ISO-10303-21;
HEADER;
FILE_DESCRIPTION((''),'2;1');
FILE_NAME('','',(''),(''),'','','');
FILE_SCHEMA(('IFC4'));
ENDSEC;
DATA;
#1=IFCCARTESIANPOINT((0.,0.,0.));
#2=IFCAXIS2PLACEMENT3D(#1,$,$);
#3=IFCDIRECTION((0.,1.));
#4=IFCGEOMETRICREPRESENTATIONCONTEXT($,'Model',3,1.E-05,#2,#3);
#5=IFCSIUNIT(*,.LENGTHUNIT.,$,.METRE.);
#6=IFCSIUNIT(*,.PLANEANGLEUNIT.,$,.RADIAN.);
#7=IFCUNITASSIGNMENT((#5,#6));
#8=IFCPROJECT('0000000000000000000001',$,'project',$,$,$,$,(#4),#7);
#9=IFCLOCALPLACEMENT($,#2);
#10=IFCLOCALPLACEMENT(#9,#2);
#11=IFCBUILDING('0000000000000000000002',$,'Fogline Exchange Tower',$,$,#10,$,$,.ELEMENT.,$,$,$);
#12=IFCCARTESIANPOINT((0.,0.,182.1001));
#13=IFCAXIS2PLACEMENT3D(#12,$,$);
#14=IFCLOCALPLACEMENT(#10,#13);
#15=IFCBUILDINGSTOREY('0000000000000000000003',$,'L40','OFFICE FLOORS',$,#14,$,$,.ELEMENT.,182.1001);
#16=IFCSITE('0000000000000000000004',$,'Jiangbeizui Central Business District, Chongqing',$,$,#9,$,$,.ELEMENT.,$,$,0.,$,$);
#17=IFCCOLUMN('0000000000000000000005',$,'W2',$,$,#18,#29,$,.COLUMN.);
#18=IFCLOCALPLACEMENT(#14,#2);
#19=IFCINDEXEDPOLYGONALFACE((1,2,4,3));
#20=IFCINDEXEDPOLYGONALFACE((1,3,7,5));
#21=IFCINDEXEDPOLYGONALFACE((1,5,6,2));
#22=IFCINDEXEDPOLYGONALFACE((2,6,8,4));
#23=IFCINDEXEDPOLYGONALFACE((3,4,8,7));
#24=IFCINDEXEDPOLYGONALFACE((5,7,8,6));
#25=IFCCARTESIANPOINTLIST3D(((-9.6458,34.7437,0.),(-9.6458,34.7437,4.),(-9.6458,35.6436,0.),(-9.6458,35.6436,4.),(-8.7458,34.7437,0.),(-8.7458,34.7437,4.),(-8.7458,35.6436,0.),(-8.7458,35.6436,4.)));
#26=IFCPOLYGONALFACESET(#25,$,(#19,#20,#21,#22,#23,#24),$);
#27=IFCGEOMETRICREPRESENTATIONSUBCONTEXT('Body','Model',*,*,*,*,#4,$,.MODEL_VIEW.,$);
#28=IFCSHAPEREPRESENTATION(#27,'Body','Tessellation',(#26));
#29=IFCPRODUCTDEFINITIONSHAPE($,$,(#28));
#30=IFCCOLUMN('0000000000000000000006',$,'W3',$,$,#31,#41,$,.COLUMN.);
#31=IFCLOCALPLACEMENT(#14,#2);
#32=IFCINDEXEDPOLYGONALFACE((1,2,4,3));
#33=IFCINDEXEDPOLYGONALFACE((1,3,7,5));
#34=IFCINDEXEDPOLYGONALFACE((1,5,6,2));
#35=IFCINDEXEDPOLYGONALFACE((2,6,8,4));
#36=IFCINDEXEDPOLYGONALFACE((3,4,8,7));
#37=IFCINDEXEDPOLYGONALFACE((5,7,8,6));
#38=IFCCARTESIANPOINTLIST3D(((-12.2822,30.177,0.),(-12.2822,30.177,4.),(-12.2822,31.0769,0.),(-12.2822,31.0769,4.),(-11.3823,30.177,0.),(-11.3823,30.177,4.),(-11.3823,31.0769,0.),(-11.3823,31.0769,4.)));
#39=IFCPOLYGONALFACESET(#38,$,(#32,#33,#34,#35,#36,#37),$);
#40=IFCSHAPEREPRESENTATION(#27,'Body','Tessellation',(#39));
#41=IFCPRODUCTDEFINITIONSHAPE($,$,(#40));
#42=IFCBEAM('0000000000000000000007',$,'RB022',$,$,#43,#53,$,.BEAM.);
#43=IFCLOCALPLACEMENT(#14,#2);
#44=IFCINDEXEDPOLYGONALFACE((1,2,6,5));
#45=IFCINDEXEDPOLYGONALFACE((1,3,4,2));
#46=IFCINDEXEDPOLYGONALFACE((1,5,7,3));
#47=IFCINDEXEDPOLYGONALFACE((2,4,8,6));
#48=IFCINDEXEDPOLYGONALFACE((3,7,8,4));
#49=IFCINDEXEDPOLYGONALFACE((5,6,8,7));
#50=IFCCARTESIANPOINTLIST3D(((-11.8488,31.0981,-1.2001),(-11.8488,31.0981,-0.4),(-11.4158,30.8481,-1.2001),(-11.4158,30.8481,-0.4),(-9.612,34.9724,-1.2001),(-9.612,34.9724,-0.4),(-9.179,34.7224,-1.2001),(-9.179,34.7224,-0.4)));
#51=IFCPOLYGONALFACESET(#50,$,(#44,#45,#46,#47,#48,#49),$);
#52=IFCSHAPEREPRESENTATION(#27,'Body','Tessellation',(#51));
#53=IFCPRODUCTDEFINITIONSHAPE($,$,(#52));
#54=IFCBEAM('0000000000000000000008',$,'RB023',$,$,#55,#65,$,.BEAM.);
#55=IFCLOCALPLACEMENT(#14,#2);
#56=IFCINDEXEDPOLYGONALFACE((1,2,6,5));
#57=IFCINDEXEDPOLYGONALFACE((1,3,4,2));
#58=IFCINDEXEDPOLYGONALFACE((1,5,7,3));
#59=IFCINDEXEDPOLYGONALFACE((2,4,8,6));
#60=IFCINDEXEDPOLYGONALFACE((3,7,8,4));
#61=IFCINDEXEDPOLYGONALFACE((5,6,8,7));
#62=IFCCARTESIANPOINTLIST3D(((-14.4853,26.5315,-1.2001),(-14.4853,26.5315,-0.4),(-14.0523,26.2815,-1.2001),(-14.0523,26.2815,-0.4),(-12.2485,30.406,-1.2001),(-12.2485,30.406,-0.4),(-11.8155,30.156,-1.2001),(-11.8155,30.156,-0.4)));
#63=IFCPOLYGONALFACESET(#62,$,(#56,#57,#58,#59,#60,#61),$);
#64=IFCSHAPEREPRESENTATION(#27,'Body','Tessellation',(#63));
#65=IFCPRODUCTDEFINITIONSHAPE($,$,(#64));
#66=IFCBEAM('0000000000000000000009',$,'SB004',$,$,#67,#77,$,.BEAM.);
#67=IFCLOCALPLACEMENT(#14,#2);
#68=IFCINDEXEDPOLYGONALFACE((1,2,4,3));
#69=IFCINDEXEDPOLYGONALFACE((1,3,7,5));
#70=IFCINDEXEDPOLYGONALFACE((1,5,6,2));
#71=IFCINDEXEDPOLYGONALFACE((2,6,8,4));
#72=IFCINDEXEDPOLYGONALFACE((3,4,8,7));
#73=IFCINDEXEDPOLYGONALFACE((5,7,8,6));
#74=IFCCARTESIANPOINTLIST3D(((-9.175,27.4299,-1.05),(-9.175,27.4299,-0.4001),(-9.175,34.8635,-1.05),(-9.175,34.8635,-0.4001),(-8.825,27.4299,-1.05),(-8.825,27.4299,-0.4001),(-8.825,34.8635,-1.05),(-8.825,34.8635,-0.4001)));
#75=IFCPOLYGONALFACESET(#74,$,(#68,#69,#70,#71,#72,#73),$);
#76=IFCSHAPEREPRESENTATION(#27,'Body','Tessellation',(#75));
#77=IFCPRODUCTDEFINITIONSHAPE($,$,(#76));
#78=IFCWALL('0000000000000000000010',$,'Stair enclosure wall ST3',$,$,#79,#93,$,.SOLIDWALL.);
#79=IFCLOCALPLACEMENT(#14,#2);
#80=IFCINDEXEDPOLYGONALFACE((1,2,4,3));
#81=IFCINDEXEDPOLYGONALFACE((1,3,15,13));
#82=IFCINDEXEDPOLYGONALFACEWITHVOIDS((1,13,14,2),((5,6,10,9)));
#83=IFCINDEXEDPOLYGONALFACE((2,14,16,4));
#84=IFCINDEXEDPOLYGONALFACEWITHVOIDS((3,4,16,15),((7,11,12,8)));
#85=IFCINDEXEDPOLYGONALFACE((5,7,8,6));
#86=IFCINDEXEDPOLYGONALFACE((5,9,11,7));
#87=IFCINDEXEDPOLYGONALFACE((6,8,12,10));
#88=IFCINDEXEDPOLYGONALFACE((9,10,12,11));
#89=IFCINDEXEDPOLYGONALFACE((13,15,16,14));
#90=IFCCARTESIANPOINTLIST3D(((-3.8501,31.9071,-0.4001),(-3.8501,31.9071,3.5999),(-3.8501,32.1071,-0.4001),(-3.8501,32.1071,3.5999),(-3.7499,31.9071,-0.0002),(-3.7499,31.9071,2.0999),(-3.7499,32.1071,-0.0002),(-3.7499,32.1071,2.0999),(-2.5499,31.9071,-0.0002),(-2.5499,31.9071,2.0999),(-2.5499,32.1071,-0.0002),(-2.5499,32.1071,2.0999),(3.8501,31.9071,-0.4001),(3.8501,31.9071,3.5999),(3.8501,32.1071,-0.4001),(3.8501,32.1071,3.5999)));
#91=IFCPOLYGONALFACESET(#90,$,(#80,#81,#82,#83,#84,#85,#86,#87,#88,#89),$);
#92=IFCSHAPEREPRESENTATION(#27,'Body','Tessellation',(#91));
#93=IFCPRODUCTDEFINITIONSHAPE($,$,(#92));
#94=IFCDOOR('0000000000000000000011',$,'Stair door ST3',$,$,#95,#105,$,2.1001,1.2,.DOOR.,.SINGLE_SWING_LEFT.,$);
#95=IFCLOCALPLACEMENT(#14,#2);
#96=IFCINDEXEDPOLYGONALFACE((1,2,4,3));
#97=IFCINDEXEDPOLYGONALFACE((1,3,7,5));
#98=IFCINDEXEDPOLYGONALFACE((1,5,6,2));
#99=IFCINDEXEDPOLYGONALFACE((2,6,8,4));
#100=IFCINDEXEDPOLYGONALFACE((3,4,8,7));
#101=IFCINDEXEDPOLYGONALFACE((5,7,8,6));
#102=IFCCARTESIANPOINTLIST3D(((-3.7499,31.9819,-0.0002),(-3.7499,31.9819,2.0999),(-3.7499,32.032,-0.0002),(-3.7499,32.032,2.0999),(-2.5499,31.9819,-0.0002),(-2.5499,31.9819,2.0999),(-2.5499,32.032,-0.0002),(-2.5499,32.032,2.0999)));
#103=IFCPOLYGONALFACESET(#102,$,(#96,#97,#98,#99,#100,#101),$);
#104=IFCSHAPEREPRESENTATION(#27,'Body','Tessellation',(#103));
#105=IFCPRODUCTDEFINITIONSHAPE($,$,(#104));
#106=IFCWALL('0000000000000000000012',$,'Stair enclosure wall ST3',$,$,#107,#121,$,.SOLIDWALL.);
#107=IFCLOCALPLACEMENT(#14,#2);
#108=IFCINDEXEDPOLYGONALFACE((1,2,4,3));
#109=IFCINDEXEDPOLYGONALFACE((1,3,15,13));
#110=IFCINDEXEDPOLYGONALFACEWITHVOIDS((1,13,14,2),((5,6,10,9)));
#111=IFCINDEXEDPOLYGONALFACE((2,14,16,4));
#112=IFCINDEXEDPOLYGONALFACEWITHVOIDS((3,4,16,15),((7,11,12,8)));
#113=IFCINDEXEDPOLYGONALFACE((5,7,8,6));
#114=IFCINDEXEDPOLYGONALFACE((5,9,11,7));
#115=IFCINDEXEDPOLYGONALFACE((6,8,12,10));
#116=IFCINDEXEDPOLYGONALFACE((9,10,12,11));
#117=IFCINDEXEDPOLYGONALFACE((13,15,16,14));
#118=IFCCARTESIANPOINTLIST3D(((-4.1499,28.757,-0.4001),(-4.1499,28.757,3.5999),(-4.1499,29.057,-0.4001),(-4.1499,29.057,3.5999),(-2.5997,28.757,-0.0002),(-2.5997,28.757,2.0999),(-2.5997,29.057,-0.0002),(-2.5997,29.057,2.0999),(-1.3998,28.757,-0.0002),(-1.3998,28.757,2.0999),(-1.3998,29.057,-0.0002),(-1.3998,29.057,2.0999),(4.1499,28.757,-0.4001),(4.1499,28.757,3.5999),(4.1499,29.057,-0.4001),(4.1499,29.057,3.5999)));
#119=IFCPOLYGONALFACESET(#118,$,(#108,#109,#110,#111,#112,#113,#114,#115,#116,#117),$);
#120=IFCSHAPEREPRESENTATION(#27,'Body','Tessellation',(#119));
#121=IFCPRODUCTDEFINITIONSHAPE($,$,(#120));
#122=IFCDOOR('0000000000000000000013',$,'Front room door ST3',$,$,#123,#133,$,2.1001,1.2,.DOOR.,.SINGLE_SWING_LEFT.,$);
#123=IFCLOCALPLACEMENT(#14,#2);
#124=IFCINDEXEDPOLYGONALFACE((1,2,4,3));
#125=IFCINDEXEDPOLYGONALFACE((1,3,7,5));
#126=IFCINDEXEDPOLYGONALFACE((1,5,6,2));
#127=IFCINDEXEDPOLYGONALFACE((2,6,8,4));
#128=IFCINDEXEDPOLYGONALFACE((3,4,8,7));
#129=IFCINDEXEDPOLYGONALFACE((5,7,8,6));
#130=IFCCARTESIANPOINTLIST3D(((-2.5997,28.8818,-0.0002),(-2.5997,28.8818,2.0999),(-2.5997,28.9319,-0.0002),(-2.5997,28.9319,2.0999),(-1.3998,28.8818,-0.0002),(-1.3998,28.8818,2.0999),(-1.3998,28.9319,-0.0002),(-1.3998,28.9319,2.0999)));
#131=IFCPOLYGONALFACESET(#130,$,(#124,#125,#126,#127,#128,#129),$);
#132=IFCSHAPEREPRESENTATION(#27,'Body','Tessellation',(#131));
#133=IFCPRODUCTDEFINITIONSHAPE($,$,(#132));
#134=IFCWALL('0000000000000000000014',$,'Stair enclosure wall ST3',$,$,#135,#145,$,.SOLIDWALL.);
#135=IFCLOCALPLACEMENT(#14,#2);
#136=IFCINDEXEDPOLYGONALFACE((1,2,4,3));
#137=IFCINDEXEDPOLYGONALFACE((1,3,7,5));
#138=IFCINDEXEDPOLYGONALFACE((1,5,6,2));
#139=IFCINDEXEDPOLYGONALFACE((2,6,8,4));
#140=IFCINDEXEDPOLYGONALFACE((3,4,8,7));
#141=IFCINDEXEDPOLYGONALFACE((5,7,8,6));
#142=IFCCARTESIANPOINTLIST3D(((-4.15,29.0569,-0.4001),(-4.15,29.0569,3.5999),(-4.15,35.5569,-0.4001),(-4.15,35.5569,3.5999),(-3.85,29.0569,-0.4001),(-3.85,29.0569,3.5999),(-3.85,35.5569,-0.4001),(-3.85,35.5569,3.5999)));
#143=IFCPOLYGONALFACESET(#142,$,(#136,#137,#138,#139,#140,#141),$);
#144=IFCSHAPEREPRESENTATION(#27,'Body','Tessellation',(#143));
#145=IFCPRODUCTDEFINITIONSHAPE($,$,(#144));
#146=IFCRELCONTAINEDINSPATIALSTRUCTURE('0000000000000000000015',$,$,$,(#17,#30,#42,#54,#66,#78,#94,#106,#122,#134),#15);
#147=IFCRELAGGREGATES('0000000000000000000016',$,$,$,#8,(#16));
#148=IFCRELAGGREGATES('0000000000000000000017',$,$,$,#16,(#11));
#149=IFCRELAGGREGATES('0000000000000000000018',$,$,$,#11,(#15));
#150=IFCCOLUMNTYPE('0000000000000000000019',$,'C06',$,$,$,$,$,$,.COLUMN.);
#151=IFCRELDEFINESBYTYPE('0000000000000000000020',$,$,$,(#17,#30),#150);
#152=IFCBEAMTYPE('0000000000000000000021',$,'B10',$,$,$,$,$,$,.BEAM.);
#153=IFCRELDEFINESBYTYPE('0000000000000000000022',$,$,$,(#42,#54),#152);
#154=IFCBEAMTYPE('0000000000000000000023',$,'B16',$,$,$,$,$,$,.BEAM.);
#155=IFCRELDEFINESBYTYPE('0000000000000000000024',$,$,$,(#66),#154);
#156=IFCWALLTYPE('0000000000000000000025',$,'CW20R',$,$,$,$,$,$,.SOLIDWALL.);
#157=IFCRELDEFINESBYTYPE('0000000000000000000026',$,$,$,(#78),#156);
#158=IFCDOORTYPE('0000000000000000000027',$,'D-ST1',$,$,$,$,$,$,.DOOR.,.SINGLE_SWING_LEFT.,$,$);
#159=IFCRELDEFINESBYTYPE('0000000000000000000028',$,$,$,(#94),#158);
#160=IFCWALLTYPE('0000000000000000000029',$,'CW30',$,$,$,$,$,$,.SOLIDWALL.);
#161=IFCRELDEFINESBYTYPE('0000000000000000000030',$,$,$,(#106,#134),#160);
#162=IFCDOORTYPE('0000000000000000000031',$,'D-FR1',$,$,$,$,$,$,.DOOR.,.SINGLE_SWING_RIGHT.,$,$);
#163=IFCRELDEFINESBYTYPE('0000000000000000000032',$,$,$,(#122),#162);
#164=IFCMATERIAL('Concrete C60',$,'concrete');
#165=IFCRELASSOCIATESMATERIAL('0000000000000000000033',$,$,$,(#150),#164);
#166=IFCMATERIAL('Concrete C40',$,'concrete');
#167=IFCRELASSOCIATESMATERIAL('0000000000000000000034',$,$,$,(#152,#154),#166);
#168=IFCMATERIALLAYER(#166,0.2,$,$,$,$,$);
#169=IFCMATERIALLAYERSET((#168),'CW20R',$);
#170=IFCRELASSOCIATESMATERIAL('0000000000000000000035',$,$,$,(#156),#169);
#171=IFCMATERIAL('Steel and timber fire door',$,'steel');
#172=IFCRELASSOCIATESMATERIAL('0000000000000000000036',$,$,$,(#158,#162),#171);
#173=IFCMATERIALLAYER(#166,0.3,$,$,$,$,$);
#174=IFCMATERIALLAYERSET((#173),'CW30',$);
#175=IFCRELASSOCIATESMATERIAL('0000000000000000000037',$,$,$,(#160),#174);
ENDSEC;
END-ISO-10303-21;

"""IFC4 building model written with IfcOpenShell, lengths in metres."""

from ifc_helpers import new_model, si_unit, direction, frame, frame_2d, origin, origin_2d, place, context, subcontext, project, spatial, rectangle, extrude, material, layer, layer_set, material_profile, profile_set, type_object, element, fill, save


model = new_model("IFC4")

# Units and contexts
model_context = context("Model", 3, precision=1e-05, world=origin(), true_north=direction((0.0, 1.0)))
body_context = subcontext(model_context, "Body", "Model", "MODEL_VIEW")
ifc_project = project(units=[si_unit("LENGTHUNIT", "METRE"), si_unit("PLANEANGLEUNIT", "RADIAN")], contexts=[model_context])

# Site, building, storey
site_placement = place(None, origin())
site = spatial("IfcSite", under=ifc_project, at=site_placement, Name="Jiangbeizui Central Business District, Chongqing", CompositionType="ELEMENT", RefElevation=0.0)
building_placement = place(site_placement, origin())
building = spatial("IfcBuilding", under=site, at=building_placement, Name="Fogline Exchange Tower", CompositionType="ELEMENT")
storey_placement = place(building_placement, frame((0.0, 0.0, 182.1001)))
storey = spatial("IfcBuildingStorey", under=building, at=storey_placement, Name="L40", Description="OFFICE FLOORS", CompositionType="ELEMENT", Elevation=182.1001)

# Columns
ifc_material_1 = material(Name="Concrete C60", Category="concrete")
ifc_material_profile_1 = material_profile(ifc_material_1, rectangle(XDim=0.8999, YDim=0.8999, at=origin_2d()), Name="RC 900x900")
ifc_profile_set_1 = profile_set([ifc_material_profile_1], Name="Concrete C60")
column_type = type_object("IfcColumnType", Name="C06", PredefinedType="COLUMN", material=ifc_profile_set_1)
for number, where, z_axis, x_axis, name in (
    (1, (-9.1958, 35.1936, 0.0), (0.0, 0.0, 1.0), (1.0, 0.0, 0.0), "W2"),
    (2, (-11.8323, 30.627, 0.0), (0.0, 0.0, 1.0), (1.0, 0.0, 0.0), "W3"),
):
    element("IfcColumn", number, at=place(storey_placement, frame(where, z_axis=z_axis, x_axis=x_axis)), inside=storey, type_object=column_type, Name=name, PredefinedType="COLUMN", context=body_context, shape_type="SweptSolid", body=[
        extrude(rectangle(XDim=0.8999, YDim=0.8999, at=origin_2d()), origin(), (0.0, 0.0, 1.0), 4.0),
    ])

# Beams
ifc_material_2 = material(Name="Concrete C40", Category="concrete")
ifc_material_profile_2 = material_profile(ifc_material_2, rectangle(XDim=0.5, YDim=0.8, at=origin_2d()), Name="RC 500x800")
ifc_profile_set_2 = profile_set([ifc_material_profile_2], Name="Concrete C40")
beam_type_1 = type_object("IfcBeamType", Name="B10", PredefinedType="BEAM", material=ifc_profile_set_2)
beam_1_placement = place(storey_placement, frame((-9.3955, 34.8474, -0.8), z_axis=(-0.500001, -0.866025, 0.0), x_axis=(0.866025, -0.500001, 0.0)))
element("IfcBeam", 3, at=beam_1_placement, inside=storey, type_object=beam_type_1, Name="RB022", PredefinedType="BEAM", context=body_context, shape_type="SweptSolid", body=[
    extrude(rectangle(XDim=0.5, YDim=0.8, at=origin_2d()), origin(), (0.0, 0.0, 1.0), 4.4736),
])
beam_2_placement = place(storey_placement, frame((-12.032, 30.281, -0.8), z_axis=(-0.499978, -0.866038, 0.0), x_axis=(0.866038, -0.499978, 0.0)))
element("IfcBeam", 4, at=beam_2_placement, inside=storey, type_object=beam_type_1, Name="RB023", PredefinedType="BEAM", context=body_context, shape_type="SweptSolid", body=[
    extrude(rectangle(XDim=0.5, YDim=0.8, at=origin_2d()), origin(), (0.0, 0.0, 1.0), 4.4739),
])
ifc_material_profile_3 = material_profile(ifc_material_2, rectangle(XDim=0.3501, YDim=0.6499, at=origin_2d()), Name="RC 350x650")
ifc_profile_set_3 = profile_set([ifc_material_profile_3], Name="Concrete C40")
beam_type_2 = type_object("IfcBeamType", Name="B16", PredefinedType="BEAM", material=ifc_profile_set_3)
beam_3_placement = place(storey_placement, frame((-9.0, 27.4299, -0.7251), z_axis=(0.0, 1.0, 0.0), x_axis=(-1.0, 0.0, 0.0)))
element("IfcBeam", 5, at=beam_3_placement, inside=storey, type_object=beam_type_2, Name="SB004", PredefinedType="BEAM", context=body_context, shape_type="SweptSolid", body=[
    extrude(rectangle(XDim=0.3501, YDim=0.6499, at=origin_2d()), origin(), (0.0, 0.0, 1.0), 7.4336),
])

# Walls, openings, doors
ifc_layer_1 = layer(ifc_material_2, 0.2)
ifc_layer_set_1 = layer_set([ifc_layer_1], Name="CW20R")
wall_type_1 = type_object("IfcWallType", Name="CW20R", PredefinedType="SOLIDWALL", material=ifc_layer_set_1)
wall_1_placement = place(storey_placement, frame((-3.8501, 32.0071, -0.4001), z_axis=(0.0, 0.0, 1.0), x_axis=(1.0, 0.0, 0.0)))
wall_1 = element("IfcWall", 6, at=wall_1_placement, inside=storey, type_object=wall_type_1, Name="Stair enclosure wall ST3", PredefinedType="SOLIDWALL", context=body_context, shape_type="SweptSolid", body=[
    extrude(rectangle(XDim=7.7002, YDim=0.2, at=frame_2d((3.8501, 0.0))), origin(), (0.0, 0.0, 1.0), 4.0),
])
opening_1_placement = place(wall_1_placement, frame((0.1001, 0.0, 0.3999)))
opening_1 = element("IfcOpeningElement", 7, at=opening_1_placement, cuts=wall_1, PredefinedType="OPENING", context=body_context, shape_type="SweptSolid", body=[
    extrude(rectangle(XDim=1.2, YDim=2.1001, at=frame_2d((0.6001, 1.05))), frame((0.0, 0.1099, 0.0), z_axis=(0.0, -1.0, 0.0), x_axis=(1.0, 0.0, 0.0)), (0.0, 0.0, 1.0), 0.22),
])
ifc_material_3 = material(Name="Steel and timber fire door", Category="steel")
door_type_1 = type_object("IfcDoorType", Name="D-ST1", OperationType="SINGLE_SWING_LEFT", PredefinedType="DOOR", material=ifc_material_3)
door_1_placement = place(opening_1_placement, origin())
door_1 = element("IfcDoor", 8, at=door_1_placement, inside=storey, type_object=door_type_1, Name="Stair door ST3", OperationType="SINGLE_SWING_LEFT", OverallHeight=2.1001, OverallWidth=1.2, PredefinedType="DOOR", context=body_context, shape_type="SweptSolid", body=[
    extrude(rectangle(XDim=1.2, YDim=2.1001, at=frame_2d((0.6001, 1.05))), frame((0.0, 0.0249, 0.0), z_axis=(0.0, -1.0, 0.0), x_axis=(1.0, 0.0, 0.0)), (0.0, 0.0, 1.0), 0.05),
])
fill(opening_1, door_1)
ifc_layer_2 = layer(ifc_material_2, 0.3)
ifc_layer_set_2 = layer_set([ifc_layer_2], Name="CW30")
wall_type_2 = type_object("IfcWallType", Name="CW30", PredefinedType="SOLIDWALL", material=ifc_layer_set_2)
wall_2_placement = place(storey_placement, frame((-4.1499, 28.907, -0.4001), z_axis=(0.0, 0.0, 1.0), x_axis=(1.0, 0.0, 0.0)))
wall_2 = element("IfcWall", 9, at=wall_2_placement, inside=storey, type_object=wall_type_2, Name="Stair enclosure wall ST3", PredefinedType="SOLIDWALL", context=body_context, shape_type="SweptSolid", body=[
    extrude(rectangle(XDim=8.2998, YDim=0.3, at=frame_2d((4.1499, 0.0))), origin(), (0.0, 0.0, 1.0), 4.0),
])
opening_2_placement = place(wall_2_placement, frame((1.55, 0.0, 0.3999)))
opening_2 = element("IfcOpeningElement", 10, at=opening_2_placement, cuts=wall_2, PredefinedType="OPENING", context=body_context, shape_type="SweptSolid", body=[
    extrude(rectangle(XDim=1.2, YDim=2.1001, at=frame_2d((0.6001, 1.05))), frame((0.0, 0.1602, 0.0), z_axis=(0.0, -1.0, 0.0), x_axis=(1.0, 0.0, 0.0)), (0.0, 0.0, 1.0), 0.3201),
])
door_type_2 = type_object("IfcDoorType", Name="D-FR1", OperationType="SINGLE_SWING_RIGHT", PredefinedType="DOOR", material=ifc_material_3)
door_2_placement = place(opening_2_placement, origin())
door_2 = element("IfcDoor", 11, at=door_2_placement, inside=storey, type_object=door_type_2, Name="Front room door ST3", OperationType="SINGLE_SWING_LEFT", OverallHeight=2.1001, OverallWidth=1.2, PredefinedType="DOOR", context=body_context, shape_type="SweptSolid", body=[
    extrude(rectangle(XDim=1.2, YDim=2.1001, at=frame_2d((0.6001, 1.05))), frame((0.0, 0.0249, 0.0), z_axis=(0.0, -1.0, 0.0), x_axis=(1.0, 0.0, 0.0)), (0.0, 0.0, 1.0), 0.05),
])
fill(opening_2, door_2)

# Wall
wall_3_placement = place(storey_placement, frame((-4.0, 29.0569, -0.4001), z_axis=(0.0, 0.0, 1.0), x_axis=(0.0, 1.0, 0.0)))
element("IfcWall", 12, at=wall_3_placement, inside=storey, type_object=wall_type_2, Name="Stair enclosure wall ST3", PredefinedType="SOLIDWALL", context=body_context, shape_type="SweptSolid", body=[
    extrude(rectangle(XDim=6.5, YDim=0.3, at=frame_2d((3.25, 0.0))), origin(), (0.0, 0.0, 1.0), 4.0),
])

save(model, "model.ifc")
